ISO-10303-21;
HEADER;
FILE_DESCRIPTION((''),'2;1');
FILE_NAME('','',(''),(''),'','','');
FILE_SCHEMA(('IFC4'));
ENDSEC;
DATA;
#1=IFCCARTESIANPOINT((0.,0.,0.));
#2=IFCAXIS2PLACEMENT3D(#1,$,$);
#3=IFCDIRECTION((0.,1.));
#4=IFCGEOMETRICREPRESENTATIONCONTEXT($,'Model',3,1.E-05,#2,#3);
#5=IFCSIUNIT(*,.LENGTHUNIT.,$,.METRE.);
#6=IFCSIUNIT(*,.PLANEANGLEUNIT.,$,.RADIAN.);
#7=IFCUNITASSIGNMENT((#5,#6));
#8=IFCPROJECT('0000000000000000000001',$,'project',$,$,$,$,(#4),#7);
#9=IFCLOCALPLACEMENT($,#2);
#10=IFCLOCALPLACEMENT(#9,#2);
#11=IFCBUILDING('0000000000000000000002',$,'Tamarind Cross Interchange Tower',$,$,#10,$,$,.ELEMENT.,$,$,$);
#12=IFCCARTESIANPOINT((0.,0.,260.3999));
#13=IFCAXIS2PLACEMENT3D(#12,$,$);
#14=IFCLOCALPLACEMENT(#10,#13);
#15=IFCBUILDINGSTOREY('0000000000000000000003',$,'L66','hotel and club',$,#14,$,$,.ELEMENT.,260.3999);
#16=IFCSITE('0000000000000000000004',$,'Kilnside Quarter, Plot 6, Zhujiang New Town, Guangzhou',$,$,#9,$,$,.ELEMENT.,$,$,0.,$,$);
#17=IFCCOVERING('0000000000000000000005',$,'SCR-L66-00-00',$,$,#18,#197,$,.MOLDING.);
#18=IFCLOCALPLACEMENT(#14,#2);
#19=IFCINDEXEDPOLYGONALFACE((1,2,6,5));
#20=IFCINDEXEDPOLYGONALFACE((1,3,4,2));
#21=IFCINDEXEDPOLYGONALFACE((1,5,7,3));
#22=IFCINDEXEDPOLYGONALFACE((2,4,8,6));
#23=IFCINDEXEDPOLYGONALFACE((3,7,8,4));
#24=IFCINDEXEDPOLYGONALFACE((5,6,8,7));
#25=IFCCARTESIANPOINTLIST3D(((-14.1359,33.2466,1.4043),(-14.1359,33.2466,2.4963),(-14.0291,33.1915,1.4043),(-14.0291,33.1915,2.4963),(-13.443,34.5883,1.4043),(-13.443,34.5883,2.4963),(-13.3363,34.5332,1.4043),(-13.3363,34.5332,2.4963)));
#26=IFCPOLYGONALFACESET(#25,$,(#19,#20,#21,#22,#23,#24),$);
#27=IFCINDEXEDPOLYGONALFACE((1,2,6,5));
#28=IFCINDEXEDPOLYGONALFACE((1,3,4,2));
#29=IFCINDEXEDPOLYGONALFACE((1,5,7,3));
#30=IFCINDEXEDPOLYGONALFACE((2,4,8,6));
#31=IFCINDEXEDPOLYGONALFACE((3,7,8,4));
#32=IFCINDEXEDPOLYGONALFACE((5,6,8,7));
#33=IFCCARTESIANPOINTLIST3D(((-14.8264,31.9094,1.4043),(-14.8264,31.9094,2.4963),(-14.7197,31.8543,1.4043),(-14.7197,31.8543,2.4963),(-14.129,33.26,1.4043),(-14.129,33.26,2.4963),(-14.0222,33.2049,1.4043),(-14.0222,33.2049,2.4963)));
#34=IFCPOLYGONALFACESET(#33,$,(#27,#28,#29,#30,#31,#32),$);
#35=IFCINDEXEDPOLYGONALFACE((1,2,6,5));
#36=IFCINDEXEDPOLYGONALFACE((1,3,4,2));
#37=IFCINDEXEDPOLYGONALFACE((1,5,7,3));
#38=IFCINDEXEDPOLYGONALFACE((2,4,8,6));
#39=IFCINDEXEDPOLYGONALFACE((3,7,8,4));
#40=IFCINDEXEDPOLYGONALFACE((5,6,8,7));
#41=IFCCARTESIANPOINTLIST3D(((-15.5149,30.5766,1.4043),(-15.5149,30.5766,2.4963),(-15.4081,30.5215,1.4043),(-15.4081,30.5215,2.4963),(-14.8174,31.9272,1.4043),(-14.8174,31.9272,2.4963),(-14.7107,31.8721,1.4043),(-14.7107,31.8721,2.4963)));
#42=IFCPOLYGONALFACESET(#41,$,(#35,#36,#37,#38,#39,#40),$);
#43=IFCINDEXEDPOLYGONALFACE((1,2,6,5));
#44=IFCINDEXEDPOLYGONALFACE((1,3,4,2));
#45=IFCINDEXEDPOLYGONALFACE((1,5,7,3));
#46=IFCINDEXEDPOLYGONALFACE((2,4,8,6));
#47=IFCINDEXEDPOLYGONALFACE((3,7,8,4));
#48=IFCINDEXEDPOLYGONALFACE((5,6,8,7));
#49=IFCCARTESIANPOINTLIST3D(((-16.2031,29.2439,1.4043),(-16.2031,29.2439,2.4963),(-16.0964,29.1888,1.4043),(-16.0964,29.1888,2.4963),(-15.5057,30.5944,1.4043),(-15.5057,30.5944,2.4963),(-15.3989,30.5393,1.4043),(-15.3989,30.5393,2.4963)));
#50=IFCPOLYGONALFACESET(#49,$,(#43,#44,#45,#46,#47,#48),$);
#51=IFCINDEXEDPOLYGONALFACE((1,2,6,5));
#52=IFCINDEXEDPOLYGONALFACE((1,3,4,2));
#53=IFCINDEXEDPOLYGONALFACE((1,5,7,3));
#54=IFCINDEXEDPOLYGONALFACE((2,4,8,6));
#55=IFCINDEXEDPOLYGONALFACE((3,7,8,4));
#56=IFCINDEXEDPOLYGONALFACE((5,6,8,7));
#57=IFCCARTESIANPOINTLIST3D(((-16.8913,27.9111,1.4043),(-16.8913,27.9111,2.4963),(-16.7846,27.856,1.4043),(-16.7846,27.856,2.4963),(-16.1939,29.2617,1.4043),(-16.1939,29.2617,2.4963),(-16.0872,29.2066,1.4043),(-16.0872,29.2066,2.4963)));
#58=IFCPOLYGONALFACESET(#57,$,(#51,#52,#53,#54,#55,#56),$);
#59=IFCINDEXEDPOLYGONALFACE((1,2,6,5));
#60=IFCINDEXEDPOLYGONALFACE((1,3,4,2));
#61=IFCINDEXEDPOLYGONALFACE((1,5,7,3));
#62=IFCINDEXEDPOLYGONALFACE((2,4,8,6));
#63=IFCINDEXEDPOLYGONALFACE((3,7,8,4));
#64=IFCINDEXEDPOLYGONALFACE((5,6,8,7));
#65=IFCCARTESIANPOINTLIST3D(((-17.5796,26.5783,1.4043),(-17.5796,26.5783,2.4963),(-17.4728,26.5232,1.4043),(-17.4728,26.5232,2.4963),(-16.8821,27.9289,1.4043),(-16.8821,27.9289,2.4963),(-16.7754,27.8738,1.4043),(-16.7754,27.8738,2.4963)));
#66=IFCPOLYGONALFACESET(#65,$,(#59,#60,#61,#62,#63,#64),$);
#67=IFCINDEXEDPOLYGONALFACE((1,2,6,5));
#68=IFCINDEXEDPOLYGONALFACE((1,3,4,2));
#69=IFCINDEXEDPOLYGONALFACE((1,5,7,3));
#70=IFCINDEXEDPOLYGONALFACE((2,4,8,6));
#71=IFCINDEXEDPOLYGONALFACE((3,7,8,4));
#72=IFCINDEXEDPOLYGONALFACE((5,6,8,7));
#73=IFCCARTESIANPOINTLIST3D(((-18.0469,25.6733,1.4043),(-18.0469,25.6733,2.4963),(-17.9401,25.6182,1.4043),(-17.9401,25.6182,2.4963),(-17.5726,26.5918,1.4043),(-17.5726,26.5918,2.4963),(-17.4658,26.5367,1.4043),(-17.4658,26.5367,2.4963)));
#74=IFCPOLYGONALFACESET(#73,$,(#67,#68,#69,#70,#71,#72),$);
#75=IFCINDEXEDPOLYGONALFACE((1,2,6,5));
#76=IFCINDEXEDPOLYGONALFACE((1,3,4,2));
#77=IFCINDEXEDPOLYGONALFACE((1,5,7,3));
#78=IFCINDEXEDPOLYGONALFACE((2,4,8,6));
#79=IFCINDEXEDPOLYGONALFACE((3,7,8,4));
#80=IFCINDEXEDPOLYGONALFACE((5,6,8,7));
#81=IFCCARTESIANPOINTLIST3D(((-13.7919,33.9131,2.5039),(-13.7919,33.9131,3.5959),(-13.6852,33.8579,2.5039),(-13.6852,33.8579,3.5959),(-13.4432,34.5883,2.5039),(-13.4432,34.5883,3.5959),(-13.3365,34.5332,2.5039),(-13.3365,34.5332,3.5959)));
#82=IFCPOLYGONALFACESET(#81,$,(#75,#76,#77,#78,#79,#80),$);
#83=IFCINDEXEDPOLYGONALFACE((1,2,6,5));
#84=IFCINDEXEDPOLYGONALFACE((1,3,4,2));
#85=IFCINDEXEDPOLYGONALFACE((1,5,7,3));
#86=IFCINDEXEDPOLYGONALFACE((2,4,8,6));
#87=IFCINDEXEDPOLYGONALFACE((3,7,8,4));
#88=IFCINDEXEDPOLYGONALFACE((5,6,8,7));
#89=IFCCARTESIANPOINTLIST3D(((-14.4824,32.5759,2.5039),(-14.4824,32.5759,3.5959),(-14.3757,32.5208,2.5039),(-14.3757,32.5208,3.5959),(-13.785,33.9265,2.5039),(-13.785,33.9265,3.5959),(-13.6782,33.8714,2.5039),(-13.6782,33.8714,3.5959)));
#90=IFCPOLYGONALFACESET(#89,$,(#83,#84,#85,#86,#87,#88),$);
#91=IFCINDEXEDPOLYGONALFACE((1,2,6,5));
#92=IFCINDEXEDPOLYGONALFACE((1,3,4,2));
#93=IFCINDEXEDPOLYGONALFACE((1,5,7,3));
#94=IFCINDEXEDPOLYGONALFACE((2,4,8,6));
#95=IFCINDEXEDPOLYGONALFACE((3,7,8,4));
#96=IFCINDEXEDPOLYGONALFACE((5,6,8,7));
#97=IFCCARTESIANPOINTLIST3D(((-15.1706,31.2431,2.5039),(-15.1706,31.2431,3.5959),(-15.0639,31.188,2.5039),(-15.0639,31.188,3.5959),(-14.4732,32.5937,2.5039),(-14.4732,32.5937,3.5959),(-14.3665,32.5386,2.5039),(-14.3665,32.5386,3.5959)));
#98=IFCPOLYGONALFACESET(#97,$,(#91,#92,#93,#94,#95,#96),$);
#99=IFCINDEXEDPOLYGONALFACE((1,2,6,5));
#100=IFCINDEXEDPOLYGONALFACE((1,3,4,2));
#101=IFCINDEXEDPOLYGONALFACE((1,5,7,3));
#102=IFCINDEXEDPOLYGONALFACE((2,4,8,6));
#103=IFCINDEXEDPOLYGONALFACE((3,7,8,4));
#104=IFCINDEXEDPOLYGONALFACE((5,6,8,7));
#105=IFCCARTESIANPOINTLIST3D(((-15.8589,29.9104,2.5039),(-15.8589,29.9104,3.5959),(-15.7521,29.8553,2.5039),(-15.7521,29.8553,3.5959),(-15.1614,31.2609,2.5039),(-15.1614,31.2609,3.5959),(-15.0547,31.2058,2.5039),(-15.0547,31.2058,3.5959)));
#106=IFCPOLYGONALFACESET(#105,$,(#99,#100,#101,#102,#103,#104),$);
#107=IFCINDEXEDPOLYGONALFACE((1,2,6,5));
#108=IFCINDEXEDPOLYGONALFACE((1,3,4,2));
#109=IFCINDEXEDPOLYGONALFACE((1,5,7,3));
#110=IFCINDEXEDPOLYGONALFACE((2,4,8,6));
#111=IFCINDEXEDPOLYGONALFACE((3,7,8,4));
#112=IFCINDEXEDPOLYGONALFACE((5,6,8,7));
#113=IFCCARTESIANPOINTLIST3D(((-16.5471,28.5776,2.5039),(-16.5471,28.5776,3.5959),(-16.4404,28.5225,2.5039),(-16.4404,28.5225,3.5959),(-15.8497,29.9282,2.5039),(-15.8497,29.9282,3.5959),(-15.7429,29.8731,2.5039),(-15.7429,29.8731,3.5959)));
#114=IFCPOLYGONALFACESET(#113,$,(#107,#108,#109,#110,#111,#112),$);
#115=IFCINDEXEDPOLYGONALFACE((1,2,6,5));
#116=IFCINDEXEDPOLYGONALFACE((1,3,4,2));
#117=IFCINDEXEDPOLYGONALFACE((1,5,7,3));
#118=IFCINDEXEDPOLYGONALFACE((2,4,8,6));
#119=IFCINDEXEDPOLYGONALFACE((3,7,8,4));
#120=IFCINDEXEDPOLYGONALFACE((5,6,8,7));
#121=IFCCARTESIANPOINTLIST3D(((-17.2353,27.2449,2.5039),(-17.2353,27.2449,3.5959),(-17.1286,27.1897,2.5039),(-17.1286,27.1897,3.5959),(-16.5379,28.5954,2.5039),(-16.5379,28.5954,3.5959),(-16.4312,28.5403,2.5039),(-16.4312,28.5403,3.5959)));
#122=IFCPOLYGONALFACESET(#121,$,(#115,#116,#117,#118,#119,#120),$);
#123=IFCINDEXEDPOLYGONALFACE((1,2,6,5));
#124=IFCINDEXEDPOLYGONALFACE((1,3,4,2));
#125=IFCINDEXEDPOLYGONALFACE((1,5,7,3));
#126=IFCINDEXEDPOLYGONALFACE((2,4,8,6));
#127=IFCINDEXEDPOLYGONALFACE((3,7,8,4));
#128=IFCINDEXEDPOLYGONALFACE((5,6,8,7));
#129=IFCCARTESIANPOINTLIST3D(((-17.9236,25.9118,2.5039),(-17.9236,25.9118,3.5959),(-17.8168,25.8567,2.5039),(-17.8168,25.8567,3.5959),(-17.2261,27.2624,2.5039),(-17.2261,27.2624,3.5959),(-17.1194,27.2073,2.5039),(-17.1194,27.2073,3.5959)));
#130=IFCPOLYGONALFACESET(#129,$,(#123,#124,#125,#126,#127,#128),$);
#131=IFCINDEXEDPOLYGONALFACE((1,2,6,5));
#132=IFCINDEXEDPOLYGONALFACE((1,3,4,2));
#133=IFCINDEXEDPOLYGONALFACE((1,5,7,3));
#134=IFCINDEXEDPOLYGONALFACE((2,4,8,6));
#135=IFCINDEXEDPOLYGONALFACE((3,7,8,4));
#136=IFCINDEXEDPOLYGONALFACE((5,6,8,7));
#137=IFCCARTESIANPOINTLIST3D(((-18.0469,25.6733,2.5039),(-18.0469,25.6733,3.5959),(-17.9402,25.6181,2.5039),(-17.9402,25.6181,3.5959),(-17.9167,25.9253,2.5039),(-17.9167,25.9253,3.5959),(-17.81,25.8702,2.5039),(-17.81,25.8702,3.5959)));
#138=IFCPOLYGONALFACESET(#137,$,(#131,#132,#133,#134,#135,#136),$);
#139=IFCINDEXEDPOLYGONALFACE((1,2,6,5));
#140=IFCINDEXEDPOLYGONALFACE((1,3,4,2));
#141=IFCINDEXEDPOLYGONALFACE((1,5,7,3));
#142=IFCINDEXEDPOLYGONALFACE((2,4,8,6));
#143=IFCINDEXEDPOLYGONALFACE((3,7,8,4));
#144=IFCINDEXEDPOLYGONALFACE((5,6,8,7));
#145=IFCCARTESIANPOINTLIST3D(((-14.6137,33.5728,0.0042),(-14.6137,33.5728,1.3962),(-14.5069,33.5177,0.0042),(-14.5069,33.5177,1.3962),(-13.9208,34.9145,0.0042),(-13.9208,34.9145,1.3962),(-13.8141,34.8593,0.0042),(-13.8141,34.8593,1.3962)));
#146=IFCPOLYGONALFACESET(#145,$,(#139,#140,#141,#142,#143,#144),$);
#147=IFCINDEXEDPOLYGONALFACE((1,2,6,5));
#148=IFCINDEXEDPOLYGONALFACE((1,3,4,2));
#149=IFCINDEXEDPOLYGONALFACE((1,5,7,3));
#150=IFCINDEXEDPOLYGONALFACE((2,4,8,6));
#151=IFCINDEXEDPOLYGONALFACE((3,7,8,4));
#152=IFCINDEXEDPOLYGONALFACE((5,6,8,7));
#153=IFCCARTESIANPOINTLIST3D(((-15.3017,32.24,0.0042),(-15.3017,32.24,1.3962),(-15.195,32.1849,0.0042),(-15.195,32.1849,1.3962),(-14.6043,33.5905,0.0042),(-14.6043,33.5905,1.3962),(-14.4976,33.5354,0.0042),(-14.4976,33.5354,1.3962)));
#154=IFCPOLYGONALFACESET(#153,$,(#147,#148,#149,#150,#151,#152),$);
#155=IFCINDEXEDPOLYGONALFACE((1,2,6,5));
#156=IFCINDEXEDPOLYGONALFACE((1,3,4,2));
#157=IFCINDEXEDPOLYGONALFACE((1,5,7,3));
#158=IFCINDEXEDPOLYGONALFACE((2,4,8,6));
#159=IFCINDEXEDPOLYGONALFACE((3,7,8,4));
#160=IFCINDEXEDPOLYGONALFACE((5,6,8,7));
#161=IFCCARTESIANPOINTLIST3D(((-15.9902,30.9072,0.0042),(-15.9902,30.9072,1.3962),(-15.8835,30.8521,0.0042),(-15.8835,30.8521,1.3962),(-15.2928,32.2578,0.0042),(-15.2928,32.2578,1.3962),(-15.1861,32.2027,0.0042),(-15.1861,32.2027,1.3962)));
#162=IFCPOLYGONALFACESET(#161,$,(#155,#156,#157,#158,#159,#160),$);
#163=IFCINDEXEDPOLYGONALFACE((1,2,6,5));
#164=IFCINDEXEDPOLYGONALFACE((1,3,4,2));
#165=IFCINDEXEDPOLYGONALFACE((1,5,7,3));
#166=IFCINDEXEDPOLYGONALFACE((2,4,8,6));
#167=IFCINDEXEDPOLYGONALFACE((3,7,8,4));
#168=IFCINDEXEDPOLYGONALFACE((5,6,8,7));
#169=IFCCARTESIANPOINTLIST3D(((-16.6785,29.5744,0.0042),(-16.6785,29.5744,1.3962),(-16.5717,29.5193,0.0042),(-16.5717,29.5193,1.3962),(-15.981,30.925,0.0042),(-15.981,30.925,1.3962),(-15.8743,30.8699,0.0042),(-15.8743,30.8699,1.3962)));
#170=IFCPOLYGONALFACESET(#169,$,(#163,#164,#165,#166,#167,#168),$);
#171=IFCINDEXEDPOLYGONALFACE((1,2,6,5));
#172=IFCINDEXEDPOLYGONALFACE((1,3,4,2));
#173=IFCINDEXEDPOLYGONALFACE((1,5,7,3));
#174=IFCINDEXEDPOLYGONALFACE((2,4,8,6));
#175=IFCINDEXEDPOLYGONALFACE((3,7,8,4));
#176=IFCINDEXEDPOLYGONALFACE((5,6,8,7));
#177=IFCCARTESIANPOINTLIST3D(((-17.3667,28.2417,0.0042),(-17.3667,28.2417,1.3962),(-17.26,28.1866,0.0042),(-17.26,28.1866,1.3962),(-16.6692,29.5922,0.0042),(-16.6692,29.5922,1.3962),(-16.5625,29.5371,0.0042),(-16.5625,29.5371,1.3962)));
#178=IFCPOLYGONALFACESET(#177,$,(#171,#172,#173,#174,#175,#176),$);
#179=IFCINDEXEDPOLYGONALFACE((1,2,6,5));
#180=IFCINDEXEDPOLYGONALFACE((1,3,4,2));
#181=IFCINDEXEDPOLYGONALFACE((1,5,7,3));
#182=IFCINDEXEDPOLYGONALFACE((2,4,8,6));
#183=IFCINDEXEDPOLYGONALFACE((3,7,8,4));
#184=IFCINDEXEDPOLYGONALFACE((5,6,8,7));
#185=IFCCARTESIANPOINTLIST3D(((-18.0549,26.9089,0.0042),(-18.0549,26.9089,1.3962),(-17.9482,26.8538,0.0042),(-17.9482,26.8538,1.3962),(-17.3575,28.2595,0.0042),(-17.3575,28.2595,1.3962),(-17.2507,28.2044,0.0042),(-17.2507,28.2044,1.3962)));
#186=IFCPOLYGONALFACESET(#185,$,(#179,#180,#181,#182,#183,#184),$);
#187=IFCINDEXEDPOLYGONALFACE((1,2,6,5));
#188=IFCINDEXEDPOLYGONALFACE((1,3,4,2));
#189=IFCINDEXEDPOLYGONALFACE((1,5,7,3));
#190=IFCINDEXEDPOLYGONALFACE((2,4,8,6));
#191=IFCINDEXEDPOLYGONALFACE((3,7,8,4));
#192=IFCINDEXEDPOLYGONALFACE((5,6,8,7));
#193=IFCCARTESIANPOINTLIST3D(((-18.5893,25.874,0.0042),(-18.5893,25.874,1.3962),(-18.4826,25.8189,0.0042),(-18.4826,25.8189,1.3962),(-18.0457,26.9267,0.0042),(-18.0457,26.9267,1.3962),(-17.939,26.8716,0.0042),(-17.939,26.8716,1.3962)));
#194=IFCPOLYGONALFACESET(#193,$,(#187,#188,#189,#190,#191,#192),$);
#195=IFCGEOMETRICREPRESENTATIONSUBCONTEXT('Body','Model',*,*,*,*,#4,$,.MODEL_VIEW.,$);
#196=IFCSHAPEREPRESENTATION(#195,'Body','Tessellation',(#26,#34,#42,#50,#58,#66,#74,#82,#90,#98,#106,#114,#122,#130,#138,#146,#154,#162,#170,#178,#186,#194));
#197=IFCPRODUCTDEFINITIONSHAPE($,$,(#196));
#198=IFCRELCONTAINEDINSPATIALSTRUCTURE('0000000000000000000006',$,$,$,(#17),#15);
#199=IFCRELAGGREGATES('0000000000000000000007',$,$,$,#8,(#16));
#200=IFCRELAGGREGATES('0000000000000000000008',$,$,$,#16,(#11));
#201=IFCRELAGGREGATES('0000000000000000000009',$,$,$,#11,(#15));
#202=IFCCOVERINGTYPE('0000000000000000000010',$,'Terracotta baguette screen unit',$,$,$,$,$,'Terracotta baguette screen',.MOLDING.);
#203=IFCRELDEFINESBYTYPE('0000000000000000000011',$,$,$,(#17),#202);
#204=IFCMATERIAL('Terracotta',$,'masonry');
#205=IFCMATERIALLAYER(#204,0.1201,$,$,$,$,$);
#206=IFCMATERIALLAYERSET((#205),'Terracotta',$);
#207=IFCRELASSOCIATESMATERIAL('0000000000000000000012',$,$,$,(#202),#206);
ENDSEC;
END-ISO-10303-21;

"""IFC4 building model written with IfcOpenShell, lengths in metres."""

from ifc_helpers import new_model, si_unit, direction, frame, origin, origin_2d, place, context, subcontext, project, spatial, rectangle, extrude, material, layer, layer_set, type_object, element, save


model = new_model("IFC4")

# Units and contexts
model_context = context("Model", 3, precision=1e-05, world=origin(), true_north=direction((0.0, 1.0)))
body_context = subcontext(model_context, "Body", "Model", "MODEL_VIEW")
ifc_project = project(units=[si_unit("LENGTHUNIT", "METRE"), si_unit("PLANEANGLEUNIT", "RADIAN")], contexts=[model_context])

# Site, building, storey
site_placement = place(None, origin())
site = spatial("IfcSite", under=ifc_project, at=site_placement, Name="Kilnside Quarter, Plot 6, Zhujiang New Town, Guangzhou", CompositionType="ELEMENT", RefElevation=0.0)
building_placement = place(site_placement, origin())
building = spatial("IfcBuilding", under=site, at=building_placement, Name="Tamarind Cross Interchange Tower", CompositionType="ELEMENT")
storey_placement = place(building_placement, frame((0.0, 0.0, 260.3999)))
storey = spatial("IfcBuildingStorey", under=building, at=storey_placement, Name="L66", Description="hotel and club", CompositionType="ELEMENT", Elevation=260.3999)

# Covering
ifc_material_1 = material(Name="Terracotta", Category="masonry")
ifc_layer_1 = layer(ifc_material_1, 0.1201)
ifc_layer_set_1 = layer_set([ifc_layer_1], Name="Terracotta")
covering_type = type_object("IfcCoveringType", Name="Terracotta baguette screen unit", ElementType="Terracotta baguette screen", PredefinedType="MOLDING", material=ifc_layer_set_1)
covering_placement = place(storey_placement, origin())
element("IfcCovering", 1, at=covering_placement, inside=storey, type_object=covering_type, Name="SCR-L66-00-00", PredefinedType="MOLDING", context=body_context, shape_type="SweptSolid", body=[
    extrude(rectangle(XDim=1.51, YDim=0.1201, at=origin_2d()), frame((-13.7361, 33.8899, 1.4043), z_axis=(0.0, 0.0, 1.0), x_axis=(-0.458836, -0.888521, 0.0)), (0.0, 0.0, 1.0), 1.092),
    extrude(rectangle(XDim=1.52, YDim=0.1201, at=origin_2d()), frame((-14.4243, 32.5571, 1.4043), z_axis=(0.0, 0.0, 1.0), x_axis=(-0.458836, -0.888521, 0.0)), (0.0, 0.0, 1.0), 1.092),
    extrude(rectangle(XDim=1.52, YDim=0.1201, at=origin_2d()), frame((-15.1128, 31.2244, 1.4043), z_axis=(0.0, 0.0, 1.0), x_axis=(-0.458836, -0.888521, 0.0)), (0.0, 0.0, 1.0), 1.092),
    extrude(rectangle(XDim=1.52, YDim=0.1201, at=origin_2d()), frame((-15.801, 29.8916, 1.4043), z_axis=(0.0, 0.0, 1.0), x_axis=(-0.458836, -0.888521, 0.0)), (0.0, 0.0, 1.0), 1.092),
    extrude(rectangle(XDim=1.52, YDim=0.1201, at=origin_2d()), frame((-16.4893, 28.5588, 1.4043), z_axis=(0.0, 0.0, 1.0), x_axis=(-0.458836, -0.888521, 0.0)), (0.0, 0.0, 1.0), 1.092),
    extrude(rectangle(XDim=1.52, YDim=0.1201, at=origin_2d()), frame((-17.1775, 27.2261, 1.4043), z_axis=(0.0, 0.0, 1.0), x_axis=(-0.458836, -0.888521, 0.0)), (0.0, 0.0, 1.0), 1.092),
    extrude(rectangle(XDim=1.0337, YDim=0.1201, at=origin_2d()), frame((-17.7563, 26.105, 1.4043), z_axis=(0.0, 0.0, 1.0), x_axis=(-0.458836, -0.888521, 0.0)), (0.0, 0.0, 1.0), 1.092),
    extrude(rectangle(XDim=0.76, YDim=0.1201, at=origin_2d()), frame((-13.5642, 34.2231, 2.5039), z_axis=(0.0, 0.0, 1.0), x_axis=(-0.458836, -0.888521, 0.0)), (0.0, 0.0, 1.0), 1.092),
    extrude(rectangle(XDim=1.52, YDim=0.1201, at=origin_2d()), frame((-14.0803, 33.2236, 2.5039), z_axis=(0.0, 0.0, 1.0), x_axis=(-0.458836, -0.888521, 0.0)), (0.0, 0.0, 1.0), 1.092),
    extrude(rectangle(XDim=1.52, YDim=0.1201, at=origin_2d()), frame((-14.7686, 31.8909, 2.5039), z_axis=(0.0, 0.0, 1.0), x_axis=(-0.458836, -0.888521, 0.0)), (0.0, 0.0, 1.0), 1.092),
    extrude(rectangle(XDim=1.52, YDim=0.1201, at=origin_2d()), frame((-15.4568, 30.5581, 2.5039), z_axis=(0.0, 0.0, 1.0), x_axis=(-0.458836, -0.888521, 0.0)), (0.0, 0.0, 1.0), 1.092),
    extrude(rectangle(XDim=1.52, YDim=0.1201, at=origin_2d()), frame((-16.145, 29.2253, 2.5039), z_axis=(0.0, 0.0, 1.0), x_axis=(-0.458836, -0.888521, 0.0)), (0.0, 0.0, 1.0), 1.092),
    extrude(rectangle(XDim=1.52, YDim=0.1201, at=origin_2d()), frame((-16.8333, 27.8926, 2.5039), z_axis=(0.0, 0.0, 1.0), x_axis=(-0.458836, -0.888521, 0.0)), (0.0, 0.0, 1.0), 1.092),
    extrude(rectangle(XDim=1.52, YDim=0.1201, at=origin_2d()), frame((-17.5215, 26.5596, 2.5039), z_axis=(0.0, 0.0, 1.0), x_axis=(-0.458836, -0.888521, 0.0)), (0.0, 0.0, 1.0), 1.092),
    extrude(rectangle(XDim=0.2837, YDim=0.1201, at=origin_2d()), frame((-17.9285, 25.7717, 2.5039), z_axis=(0.0, 0.0, 1.0), x_axis=(-0.458836, -0.888521, 0.0)), (0.0, 0.0, 1.0), 1.092),
    extrude(rectangle(XDim=1.51, YDim=0.1201, at=origin_2d()), frame((-14.2139, 34.2161, 0.0042), z_axis=(0.0, 0.0, 1.0), x_axis=(-0.458836, -0.888521, 0.0)), (0.0, 0.0, 1.0), 1.3921),
    extrude(rectangle(XDim=1.52, YDim=0.1201, at=origin_2d()), frame((-14.8997, 32.8877, 0.0042), z_axis=(0.0, 0.0, 1.0), x_axis=(-0.458836, -0.888521, 0.0)), (0.0, 0.0, 1.0), 1.3921),
    extrude(rectangle(XDim=1.52, YDim=0.1201, at=origin_2d()), frame((-15.5881, 31.5549, 0.0042), z_axis=(0.0, 0.0, 1.0), x_axis=(-0.458836, -0.888521, 0.0)), (0.0, 0.0, 1.0), 1.3921),
    extrude(rectangle(XDim=1.52, YDim=0.1201, at=origin_2d()), frame((-16.2764, 30.2222, 0.0042), z_axis=(0.0, 0.0, 1.0), x_axis=(-0.458836, -0.888521, 0.0)), (0.0, 0.0, 1.0), 1.3921),
    extrude(rectangle(XDim=1.52, YDim=0.1201, at=origin_2d()), frame((-16.9646, 28.8894, 0.0042), z_axis=(0.0, 0.0, 1.0), x_axis=(-0.458836, -0.888521, 0.0)), (0.0, 0.0, 1.0), 1.3921),
    extrude(rectangle(XDim=1.52, YDim=0.1201, at=origin_2d()), frame((-17.6528, 27.5566, 0.0042), z_axis=(0.0, 0.0, 1.0), x_axis=(-0.458836, -0.888521, 0.0)), (0.0, 0.0, 1.0), 1.3921),
    extrude(rectangle(XDim=1.1848, YDim=0.1201, at=origin_2d()), frame((-18.2642, 26.3728, 0.0042), z_axis=(0.0, 0.0, 1.0), x_axis=(-0.458836, -0.888521, 0.0)), (0.0, 0.0, 1.0), 1.3921),
])

save(model, "model.ifc")
